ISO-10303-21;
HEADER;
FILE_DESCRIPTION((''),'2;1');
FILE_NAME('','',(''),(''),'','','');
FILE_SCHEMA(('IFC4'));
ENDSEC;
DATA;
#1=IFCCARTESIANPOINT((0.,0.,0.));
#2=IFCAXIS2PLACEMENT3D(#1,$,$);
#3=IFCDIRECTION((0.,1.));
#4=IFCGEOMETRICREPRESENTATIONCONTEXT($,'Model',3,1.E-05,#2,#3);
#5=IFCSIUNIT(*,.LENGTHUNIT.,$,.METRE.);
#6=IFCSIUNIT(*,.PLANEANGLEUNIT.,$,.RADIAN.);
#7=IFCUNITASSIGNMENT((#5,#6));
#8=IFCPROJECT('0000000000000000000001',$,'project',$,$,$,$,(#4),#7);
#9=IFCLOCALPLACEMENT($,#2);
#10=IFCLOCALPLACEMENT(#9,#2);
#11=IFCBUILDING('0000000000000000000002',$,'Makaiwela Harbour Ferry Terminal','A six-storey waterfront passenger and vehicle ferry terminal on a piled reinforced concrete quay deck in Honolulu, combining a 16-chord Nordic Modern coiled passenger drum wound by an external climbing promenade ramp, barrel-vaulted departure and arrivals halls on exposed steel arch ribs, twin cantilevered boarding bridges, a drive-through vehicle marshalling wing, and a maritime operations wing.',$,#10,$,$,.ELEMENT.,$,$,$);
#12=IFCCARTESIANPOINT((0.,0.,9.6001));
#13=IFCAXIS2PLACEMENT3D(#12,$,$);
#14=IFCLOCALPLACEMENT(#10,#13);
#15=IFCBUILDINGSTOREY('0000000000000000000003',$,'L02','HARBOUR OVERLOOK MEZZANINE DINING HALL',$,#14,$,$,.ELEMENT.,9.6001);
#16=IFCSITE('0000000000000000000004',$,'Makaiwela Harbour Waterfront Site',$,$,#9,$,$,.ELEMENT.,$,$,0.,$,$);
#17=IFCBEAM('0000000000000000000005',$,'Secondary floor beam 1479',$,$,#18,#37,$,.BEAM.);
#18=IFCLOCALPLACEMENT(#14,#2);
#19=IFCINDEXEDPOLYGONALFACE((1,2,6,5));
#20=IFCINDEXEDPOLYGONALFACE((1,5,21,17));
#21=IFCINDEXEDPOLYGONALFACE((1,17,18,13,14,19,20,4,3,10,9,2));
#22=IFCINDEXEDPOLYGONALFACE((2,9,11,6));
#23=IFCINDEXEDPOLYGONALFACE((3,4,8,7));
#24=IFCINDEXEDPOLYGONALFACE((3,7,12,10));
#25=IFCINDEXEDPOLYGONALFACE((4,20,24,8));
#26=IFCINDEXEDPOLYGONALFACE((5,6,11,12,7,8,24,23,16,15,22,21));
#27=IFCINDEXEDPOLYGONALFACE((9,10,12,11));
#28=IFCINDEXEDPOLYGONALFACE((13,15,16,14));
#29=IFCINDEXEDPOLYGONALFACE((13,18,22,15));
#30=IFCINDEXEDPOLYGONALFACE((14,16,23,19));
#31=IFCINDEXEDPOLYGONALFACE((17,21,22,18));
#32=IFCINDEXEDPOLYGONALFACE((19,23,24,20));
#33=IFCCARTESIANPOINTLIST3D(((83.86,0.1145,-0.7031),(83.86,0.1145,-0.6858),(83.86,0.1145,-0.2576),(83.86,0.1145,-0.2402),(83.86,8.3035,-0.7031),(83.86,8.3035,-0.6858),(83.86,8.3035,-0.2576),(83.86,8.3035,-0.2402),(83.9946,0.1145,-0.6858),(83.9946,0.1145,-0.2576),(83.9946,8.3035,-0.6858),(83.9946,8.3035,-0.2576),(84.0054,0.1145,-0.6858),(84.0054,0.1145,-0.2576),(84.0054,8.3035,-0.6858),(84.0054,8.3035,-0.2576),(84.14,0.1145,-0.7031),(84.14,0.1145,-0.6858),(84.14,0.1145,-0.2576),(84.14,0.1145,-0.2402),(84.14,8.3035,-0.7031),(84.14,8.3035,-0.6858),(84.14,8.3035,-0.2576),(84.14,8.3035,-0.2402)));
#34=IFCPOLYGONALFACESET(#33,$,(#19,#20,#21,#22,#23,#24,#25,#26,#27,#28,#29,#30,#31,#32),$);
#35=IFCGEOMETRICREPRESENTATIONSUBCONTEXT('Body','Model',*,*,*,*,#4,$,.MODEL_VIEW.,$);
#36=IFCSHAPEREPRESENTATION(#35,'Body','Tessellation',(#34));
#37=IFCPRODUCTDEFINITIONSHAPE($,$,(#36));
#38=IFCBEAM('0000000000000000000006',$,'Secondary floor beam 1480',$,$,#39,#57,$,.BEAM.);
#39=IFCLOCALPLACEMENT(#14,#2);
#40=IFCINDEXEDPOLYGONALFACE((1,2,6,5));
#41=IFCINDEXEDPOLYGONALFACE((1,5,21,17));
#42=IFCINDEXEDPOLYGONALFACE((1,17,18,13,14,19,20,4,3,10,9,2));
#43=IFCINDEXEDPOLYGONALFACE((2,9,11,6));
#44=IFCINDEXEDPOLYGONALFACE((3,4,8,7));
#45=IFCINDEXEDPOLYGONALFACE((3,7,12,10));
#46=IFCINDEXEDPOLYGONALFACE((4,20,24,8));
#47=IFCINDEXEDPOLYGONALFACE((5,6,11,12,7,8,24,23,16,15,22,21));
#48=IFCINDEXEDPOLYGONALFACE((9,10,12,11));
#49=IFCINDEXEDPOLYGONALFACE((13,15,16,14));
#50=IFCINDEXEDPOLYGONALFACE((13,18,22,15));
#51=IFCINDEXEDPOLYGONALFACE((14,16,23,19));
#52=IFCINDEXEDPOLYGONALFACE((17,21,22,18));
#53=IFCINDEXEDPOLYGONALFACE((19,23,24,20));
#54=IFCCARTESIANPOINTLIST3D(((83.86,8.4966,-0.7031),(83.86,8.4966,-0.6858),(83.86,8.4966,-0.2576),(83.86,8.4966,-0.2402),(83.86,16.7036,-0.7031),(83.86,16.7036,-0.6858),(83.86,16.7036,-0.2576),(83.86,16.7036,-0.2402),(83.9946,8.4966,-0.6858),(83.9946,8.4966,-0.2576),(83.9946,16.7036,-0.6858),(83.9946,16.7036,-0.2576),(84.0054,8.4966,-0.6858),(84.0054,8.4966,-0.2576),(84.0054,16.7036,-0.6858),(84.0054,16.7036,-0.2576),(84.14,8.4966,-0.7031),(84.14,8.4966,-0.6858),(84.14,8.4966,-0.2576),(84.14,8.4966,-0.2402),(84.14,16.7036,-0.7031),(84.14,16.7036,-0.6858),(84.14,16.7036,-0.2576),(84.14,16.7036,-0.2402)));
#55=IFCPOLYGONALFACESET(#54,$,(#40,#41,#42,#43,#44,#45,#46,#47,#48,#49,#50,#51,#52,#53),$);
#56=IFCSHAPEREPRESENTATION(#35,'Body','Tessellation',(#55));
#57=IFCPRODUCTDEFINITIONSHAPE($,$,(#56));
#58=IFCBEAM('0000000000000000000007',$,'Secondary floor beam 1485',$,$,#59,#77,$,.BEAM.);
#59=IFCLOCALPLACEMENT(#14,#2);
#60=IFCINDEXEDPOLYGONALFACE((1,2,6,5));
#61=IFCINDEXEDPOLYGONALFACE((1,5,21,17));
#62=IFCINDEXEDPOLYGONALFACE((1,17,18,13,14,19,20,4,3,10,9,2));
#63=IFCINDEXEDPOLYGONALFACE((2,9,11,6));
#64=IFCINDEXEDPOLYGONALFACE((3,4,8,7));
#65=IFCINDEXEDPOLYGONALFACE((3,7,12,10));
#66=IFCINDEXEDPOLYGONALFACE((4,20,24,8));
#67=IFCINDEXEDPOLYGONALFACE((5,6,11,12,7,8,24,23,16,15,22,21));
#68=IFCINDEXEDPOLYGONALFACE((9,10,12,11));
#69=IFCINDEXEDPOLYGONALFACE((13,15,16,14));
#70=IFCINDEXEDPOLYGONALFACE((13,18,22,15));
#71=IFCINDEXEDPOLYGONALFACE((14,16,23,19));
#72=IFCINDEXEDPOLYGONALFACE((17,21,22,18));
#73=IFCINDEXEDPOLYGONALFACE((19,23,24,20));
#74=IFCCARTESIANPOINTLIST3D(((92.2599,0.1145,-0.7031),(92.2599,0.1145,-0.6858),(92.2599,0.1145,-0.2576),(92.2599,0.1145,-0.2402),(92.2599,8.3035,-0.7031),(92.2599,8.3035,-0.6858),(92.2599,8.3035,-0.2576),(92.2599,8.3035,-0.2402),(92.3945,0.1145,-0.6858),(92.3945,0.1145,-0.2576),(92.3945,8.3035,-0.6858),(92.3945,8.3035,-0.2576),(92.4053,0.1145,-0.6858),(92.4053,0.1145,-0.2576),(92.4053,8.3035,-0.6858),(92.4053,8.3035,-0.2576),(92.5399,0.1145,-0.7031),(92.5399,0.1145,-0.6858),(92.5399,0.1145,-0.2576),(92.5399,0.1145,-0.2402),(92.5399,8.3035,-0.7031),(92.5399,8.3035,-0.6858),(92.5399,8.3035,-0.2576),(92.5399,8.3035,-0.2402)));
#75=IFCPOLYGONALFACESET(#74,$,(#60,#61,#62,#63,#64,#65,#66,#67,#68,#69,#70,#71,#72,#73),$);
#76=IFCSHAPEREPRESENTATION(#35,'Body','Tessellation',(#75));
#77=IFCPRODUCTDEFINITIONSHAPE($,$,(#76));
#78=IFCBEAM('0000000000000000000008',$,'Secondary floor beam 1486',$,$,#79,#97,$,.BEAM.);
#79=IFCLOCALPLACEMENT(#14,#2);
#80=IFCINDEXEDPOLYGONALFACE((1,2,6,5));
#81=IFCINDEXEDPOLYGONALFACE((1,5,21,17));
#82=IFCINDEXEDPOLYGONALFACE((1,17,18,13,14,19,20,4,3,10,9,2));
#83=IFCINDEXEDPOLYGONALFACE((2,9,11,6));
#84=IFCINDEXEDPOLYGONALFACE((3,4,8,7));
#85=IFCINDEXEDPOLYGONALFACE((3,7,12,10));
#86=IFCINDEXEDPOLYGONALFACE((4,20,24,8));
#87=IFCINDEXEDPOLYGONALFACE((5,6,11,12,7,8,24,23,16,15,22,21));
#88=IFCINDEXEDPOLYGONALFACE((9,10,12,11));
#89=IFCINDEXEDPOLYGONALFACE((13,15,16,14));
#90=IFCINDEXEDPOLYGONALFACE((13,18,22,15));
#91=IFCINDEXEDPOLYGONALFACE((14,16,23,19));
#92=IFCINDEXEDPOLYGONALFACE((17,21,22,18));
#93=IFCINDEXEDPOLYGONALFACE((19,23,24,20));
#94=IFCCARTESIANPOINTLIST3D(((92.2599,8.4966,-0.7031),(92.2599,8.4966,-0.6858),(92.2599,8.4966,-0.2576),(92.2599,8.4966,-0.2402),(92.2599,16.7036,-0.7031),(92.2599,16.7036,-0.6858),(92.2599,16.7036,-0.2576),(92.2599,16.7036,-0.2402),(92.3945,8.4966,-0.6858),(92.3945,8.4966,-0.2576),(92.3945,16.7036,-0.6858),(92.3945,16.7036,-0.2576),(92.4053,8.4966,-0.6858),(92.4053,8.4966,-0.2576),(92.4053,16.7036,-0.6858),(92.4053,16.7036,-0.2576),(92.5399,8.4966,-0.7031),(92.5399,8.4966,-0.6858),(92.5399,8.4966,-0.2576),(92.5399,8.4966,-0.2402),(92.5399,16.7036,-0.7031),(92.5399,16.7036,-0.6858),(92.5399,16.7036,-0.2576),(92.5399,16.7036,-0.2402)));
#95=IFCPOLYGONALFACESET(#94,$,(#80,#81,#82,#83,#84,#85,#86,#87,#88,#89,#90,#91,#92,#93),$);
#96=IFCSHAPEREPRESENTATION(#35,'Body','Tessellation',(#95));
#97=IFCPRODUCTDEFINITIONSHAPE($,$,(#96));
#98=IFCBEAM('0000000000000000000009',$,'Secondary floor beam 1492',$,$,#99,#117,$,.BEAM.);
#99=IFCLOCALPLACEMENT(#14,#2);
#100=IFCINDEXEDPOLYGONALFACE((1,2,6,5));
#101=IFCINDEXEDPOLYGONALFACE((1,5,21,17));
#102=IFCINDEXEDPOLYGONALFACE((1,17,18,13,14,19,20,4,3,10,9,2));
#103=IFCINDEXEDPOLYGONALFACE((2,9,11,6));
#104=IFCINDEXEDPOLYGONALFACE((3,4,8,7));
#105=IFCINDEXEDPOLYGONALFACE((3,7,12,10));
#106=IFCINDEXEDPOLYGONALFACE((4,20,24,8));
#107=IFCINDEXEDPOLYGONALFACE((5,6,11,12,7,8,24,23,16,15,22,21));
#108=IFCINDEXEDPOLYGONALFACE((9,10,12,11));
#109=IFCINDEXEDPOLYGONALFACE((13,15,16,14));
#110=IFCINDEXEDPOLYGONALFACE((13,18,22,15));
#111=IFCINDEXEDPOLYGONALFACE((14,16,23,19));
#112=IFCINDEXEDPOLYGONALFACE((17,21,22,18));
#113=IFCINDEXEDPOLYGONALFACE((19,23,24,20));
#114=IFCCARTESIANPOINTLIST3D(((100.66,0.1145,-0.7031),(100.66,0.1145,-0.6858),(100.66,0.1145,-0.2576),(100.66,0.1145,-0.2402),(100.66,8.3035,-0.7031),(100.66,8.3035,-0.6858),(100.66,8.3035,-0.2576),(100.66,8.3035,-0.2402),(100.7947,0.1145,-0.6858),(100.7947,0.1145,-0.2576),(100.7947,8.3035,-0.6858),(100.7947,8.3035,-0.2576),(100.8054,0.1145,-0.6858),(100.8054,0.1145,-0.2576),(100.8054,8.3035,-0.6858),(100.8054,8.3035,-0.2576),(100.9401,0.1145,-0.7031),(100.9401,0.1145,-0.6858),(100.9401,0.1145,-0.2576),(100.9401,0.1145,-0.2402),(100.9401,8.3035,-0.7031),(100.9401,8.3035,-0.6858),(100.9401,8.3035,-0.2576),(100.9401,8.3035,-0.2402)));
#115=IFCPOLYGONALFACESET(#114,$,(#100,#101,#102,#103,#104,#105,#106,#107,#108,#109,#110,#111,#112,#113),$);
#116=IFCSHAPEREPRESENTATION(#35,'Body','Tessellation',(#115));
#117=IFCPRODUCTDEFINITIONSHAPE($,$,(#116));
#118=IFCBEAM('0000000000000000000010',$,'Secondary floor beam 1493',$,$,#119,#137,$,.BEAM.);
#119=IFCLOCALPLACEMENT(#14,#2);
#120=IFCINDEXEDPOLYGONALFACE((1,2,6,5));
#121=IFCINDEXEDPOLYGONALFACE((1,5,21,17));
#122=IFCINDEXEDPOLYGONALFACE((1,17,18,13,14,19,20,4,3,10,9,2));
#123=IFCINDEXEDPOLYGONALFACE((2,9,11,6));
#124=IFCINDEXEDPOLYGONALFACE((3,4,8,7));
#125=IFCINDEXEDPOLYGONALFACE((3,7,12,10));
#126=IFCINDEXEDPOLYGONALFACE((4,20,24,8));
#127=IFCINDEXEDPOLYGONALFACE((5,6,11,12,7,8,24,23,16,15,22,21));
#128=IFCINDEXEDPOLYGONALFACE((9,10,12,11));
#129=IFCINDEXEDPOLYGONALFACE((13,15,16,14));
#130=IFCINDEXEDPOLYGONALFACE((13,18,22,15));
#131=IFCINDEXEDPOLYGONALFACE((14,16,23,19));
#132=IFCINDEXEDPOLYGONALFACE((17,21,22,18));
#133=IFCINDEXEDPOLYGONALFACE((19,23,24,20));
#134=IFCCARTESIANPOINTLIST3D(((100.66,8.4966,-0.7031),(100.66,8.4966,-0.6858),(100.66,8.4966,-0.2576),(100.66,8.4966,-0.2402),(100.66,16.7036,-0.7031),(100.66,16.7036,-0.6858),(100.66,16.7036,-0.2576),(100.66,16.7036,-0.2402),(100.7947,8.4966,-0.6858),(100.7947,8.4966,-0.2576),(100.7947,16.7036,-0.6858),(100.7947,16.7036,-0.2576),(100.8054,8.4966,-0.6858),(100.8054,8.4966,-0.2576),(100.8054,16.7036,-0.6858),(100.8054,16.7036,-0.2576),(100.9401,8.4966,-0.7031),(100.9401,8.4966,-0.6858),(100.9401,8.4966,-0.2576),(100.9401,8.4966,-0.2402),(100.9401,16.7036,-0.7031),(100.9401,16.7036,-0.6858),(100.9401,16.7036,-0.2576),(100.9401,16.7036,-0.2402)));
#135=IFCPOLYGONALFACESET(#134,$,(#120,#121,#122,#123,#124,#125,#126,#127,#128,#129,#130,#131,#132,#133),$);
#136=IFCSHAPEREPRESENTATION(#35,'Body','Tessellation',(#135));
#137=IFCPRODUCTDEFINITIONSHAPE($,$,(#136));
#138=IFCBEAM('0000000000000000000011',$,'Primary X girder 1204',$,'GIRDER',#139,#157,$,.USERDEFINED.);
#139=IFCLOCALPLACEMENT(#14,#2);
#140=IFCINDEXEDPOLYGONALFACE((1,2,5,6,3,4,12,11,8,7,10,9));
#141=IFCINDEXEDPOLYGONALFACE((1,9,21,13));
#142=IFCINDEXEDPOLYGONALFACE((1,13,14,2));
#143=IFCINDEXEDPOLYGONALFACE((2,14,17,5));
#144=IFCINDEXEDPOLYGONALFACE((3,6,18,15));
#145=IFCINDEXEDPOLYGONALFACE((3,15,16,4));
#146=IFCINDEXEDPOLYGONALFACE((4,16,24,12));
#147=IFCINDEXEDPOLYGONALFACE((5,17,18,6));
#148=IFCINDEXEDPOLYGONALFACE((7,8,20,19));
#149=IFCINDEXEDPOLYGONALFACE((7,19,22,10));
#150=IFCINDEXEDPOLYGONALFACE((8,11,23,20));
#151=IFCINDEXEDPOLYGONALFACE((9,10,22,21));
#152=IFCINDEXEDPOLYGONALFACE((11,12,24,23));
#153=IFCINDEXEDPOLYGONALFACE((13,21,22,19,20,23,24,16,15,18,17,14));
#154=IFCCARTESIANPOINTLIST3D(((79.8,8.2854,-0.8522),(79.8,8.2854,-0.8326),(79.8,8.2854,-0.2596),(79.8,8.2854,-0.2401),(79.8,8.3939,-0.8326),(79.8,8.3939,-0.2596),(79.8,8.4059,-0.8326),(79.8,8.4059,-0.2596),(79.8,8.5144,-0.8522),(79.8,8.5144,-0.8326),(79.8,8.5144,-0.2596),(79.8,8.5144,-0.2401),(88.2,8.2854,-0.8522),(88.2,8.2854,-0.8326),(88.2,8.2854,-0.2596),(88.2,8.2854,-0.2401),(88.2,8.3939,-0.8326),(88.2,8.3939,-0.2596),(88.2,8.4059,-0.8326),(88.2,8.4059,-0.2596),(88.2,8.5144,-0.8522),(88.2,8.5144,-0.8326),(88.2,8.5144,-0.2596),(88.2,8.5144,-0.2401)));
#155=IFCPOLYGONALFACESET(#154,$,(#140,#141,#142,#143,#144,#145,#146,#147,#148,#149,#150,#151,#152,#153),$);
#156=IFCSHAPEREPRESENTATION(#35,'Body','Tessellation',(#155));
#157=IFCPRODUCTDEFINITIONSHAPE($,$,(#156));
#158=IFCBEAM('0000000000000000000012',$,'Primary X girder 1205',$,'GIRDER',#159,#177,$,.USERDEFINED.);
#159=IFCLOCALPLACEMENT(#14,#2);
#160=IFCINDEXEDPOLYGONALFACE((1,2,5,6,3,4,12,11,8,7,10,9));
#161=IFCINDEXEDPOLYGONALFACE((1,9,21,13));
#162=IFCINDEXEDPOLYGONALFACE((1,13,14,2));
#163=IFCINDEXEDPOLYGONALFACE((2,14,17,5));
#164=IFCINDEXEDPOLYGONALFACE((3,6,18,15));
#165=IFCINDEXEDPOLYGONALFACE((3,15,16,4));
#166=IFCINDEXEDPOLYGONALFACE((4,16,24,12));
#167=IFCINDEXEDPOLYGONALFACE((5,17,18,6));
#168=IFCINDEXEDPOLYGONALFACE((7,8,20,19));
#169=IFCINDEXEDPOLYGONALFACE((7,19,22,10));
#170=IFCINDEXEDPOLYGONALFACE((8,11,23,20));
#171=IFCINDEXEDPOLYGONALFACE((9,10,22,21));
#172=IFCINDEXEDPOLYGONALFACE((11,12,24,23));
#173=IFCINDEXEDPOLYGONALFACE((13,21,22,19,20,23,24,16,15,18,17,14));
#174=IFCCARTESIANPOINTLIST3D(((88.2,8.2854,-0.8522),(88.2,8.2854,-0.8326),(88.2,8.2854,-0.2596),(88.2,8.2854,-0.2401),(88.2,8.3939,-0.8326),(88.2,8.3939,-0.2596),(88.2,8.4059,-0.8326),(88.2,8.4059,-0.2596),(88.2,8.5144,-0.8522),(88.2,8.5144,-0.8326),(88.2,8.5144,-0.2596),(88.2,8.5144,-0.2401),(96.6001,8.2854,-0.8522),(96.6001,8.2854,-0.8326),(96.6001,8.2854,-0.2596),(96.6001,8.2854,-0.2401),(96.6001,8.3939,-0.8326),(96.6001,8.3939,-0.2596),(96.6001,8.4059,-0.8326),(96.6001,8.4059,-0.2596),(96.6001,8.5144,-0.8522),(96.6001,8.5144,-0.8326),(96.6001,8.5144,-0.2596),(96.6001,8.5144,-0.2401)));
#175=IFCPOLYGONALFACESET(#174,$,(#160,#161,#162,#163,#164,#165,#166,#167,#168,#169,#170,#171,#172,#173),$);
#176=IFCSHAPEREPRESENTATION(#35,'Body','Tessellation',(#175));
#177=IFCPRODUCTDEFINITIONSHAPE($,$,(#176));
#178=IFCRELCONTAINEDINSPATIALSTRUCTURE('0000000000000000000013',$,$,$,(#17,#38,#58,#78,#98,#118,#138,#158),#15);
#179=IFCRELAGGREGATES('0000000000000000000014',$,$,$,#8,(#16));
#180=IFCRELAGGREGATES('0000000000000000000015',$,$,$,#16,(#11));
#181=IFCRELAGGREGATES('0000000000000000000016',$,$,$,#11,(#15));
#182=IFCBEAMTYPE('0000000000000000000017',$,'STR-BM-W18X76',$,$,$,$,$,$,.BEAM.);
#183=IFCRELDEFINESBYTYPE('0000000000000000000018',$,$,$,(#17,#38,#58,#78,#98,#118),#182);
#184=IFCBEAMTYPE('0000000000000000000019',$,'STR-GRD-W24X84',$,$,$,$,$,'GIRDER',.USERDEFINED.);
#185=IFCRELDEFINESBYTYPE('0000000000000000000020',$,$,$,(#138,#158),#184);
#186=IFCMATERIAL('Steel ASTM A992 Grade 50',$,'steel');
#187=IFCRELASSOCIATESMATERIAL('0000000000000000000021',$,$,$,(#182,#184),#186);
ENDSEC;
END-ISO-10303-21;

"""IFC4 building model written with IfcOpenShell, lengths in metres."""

from ifc_helpers import new_model, si_unit, direction, frame, origin, origin_2d, place, context, subcontext, project, spatial, i_section, extrude, material, material_profile, profile_set, type_object, element, save


model = new_model("IFC4")

# Units and contexts
model_context = context("Model", 3, precision=1e-05, world=origin(), true_north=direction((0.0, 1.0)))
body_context = subcontext(model_context, "Body", "Model", "MODEL_VIEW")
ifc_project = project(units=[si_unit("LENGTHUNIT", "METRE"), si_unit("PLANEANGLEUNIT", "RADIAN")], contexts=[model_context])

# Site, building, storey
site_placement = place(None, origin())
site = spatial("IfcSite", under=ifc_project, at=site_placement, Name="Makaiwela Harbour Waterfront Site", CompositionType="ELEMENT", RefElevation=0.0)
building_placement = place(site_placement, origin())
building = spatial("IfcBuilding", under=site, at=building_placement, Name="Makaiwela Harbour Ferry Terminal", Description="A six-storey waterfront passenger and vehicle ferry terminal on a piled reinforced concrete quay deck in Honolulu, combining a 16-chord Nordic Modern coiled passenger drum wound by an external climbing promenade ramp, barrel-vaulted departure and arrivals halls on exposed steel arch ribs, twin cantilevered boarding bridges, a drive-through vehicle marshalling wing, and a maritime operations wing.", CompositionType="ELEMENT")
storey_placement = place(building_placement, frame((0.0, 0.0, 9.6001)))
storey = spatial("IfcBuildingStorey", under=building, at=storey_placement, Name="L02", Description="HARBOUR OVERLOOK MEZZANINE DINING HALL", CompositionType="ELEMENT", Elevation=9.6001)

# Beams
ifc_material = material(Name="Steel ASTM A992 Grade 50", Category="steel")
ifc_material_profile_1 = material_profile(ifc_material, i_section(OverallWidth=0.28, OverallDepth=0.4629, WebThickness=0.0107, FlangeThickness=0.0173, at=origin_2d()), Name="W18X76")
ifc_profile_set_1 = profile_set([ifc_material_profile_1], Name="Steel ASTM A992 Grade 50")
beam_type_1 = type_object("IfcBeamType", Name="STR-BM-W18X76", PredefinedType="BEAM", material=ifc_profile_set_1)
beam_1_placement = place(storey_placement, frame((84.0, 0.1145, -0.4717), z_axis=(0.0, 1.0, 0.0), x_axis=(-1.0, 0.0, 0.0)))
element("IfcBeam", 1, at=beam_1_placement, inside=storey, type_object=beam_type_1, Name="Secondary floor beam 1479", PredefinedType="BEAM", context=body_context, shape_type="SweptSolid", body=[
    extrude(i_section(OverallWidth=0.28, OverallDepth=0.4629, WebThickness=0.0107, FlangeThickness=0.0173, at=origin_2d()), origin(), (0.0, 0.0, 1.0), 8.189),
])
beam_2_placement = place(storey_placement, frame((84.0, 8.4966, -0.4717), z_axis=(0.0, 1.0, 0.0), x_axis=(-1.0, 0.0, 0.0)))
element("IfcBeam", 2, at=beam_2_placement, inside=storey, type_object=beam_type_1, Name="Secondary floor beam 1480", PredefinedType="BEAM", context=body_context, shape_type="SweptSolid", body=[
    extrude(i_section(OverallWidth=0.28, OverallDepth=0.4629, WebThickness=0.0107, FlangeThickness=0.0173, at=origin_2d()), origin(), (0.0, 0.0, 1.0), 8.207),
])
beam_3_placement = place(storey_placement, frame((92.3999, 0.1145, -0.4717), z_axis=(0.0, 1.0, 0.0), x_axis=(-1.0, 0.0, 0.0)))
element("IfcBeam", 3, at=beam_3_placement, inside=storey, type_object=beam_type_1, Name="Secondary floor beam 1485", PredefinedType="BEAM", context=body_context, shape_type="SweptSolid", body=[
    extrude(i_section(OverallWidth=0.28, OverallDepth=0.4629, WebThickness=0.0107, FlangeThickness=0.0173, at=origin_2d()), origin(), (0.0, 0.0, 1.0), 8.189),
])
beam_4_placement = place(storey_placement, frame((92.3999, 8.4966, -0.4717), z_axis=(0.0, 1.0, 0.0), x_axis=(-1.0, 0.0, 0.0)))
element("IfcBeam", 4, at=beam_4_placement, inside=storey, type_object=beam_type_1, Name="Secondary floor beam 1486", PredefinedType="BEAM", context=body_context, shape_type="SweptSolid", body=[
    extrude(i_section(OverallWidth=0.28, OverallDepth=0.4629, WebThickness=0.0107, FlangeThickness=0.0173, at=origin_2d()), origin(), (0.0, 0.0, 1.0), 8.207),
])
beam_5_placement = place(storey_placement, frame((100.8, 0.1145, -0.4717), z_axis=(0.0, 1.0, 0.0), x_axis=(-1.0, 0.0, 0.0)))
element("IfcBeam", 5, at=beam_5_placement, inside=storey, type_object=beam_type_1, Name="Secondary floor beam 1492", PredefinedType="BEAM", context=body_context, shape_type="SweptSolid", body=[
    extrude(i_section(OverallWidth=0.28, OverallDepth=0.4629, WebThickness=0.0107, FlangeThickness=0.0173, at=origin_2d()), origin(), (0.0, 0.0, 1.0), 8.189),
])
beam_6_placement = place(storey_placement, frame((100.8, 8.4966, -0.4717), z_axis=(0.0, 1.0, 0.0), x_axis=(-1.0, 0.0, 0.0)))
element("IfcBeam", 6, at=beam_6_placement, inside=storey, type_object=beam_type_1, Name="Secondary floor beam 1493", PredefinedType="BEAM", context=body_context, shape_type="SweptSolid", body=[
    extrude(i_section(OverallWidth=0.28, OverallDepth=0.4629, WebThickness=0.0107, FlangeThickness=0.0173, at=origin_2d()), origin(), (0.0, 0.0, 1.0), 8.207),
])
ifc_material_profile_2 = material_profile(ifc_material, i_section(OverallWidth=0.229, OverallDepth=0.6121, WebThickness=0.012, FlangeThickness=0.0195, at=origin_2d()), Name="W24X84")
ifc_profile_set_2 = profile_set([ifc_material_profile_2], Name="Steel ASTM A992 Grade 50")
beam_type_2 = type_object("IfcBeamType", Name="STR-GRD-W24X84", ElementType="GIRDER", PredefinedType="USERDEFINED", material=ifc_profile_set_2)
beam_7_placement = place(storey_placement, frame((79.8, 8.3999, -0.5461), z_axis=(1.0, 0.0, 0.0), x_axis=(0.0, 1.0, 0.0)))
element("IfcBeam", 7, at=beam_7_placement, inside=storey, type_object=beam_type_2, Name="Primary X girder 1204", ObjectType="GIRDER", PredefinedType="USERDEFINED", context=body_context, shape_type="SweptSolid", body=[
    extrude(i_section(OverallWidth=0.229, OverallDepth=0.6121, WebThickness=0.012, FlangeThickness=0.0195, at=origin_2d()), origin(), (0.0, 0.0, 1.0), 8.3999),
])
beam_8_placement = place(storey_placement, frame((88.2, 8.3999, -0.5461), z_axis=(1.0, 0.0, 0.0), x_axis=(0.0, 1.0, 0.0)))
element("IfcBeam", 8, at=beam_8_placement, inside=storey, type_object=beam_type_2, Name="Primary X girder 1205", ObjectType="GIRDER", PredefinedType="USERDEFINED", context=body_context, shape_type="SweptSolid", body=[
    extrude(i_section(OverallWidth=0.229, OverallDepth=0.6121, WebThickness=0.012, FlangeThickness=0.0195, at=origin_2d()), origin(), (0.0, 0.0, 1.0), 8.4001),
])

save(model, "model.ifc")
